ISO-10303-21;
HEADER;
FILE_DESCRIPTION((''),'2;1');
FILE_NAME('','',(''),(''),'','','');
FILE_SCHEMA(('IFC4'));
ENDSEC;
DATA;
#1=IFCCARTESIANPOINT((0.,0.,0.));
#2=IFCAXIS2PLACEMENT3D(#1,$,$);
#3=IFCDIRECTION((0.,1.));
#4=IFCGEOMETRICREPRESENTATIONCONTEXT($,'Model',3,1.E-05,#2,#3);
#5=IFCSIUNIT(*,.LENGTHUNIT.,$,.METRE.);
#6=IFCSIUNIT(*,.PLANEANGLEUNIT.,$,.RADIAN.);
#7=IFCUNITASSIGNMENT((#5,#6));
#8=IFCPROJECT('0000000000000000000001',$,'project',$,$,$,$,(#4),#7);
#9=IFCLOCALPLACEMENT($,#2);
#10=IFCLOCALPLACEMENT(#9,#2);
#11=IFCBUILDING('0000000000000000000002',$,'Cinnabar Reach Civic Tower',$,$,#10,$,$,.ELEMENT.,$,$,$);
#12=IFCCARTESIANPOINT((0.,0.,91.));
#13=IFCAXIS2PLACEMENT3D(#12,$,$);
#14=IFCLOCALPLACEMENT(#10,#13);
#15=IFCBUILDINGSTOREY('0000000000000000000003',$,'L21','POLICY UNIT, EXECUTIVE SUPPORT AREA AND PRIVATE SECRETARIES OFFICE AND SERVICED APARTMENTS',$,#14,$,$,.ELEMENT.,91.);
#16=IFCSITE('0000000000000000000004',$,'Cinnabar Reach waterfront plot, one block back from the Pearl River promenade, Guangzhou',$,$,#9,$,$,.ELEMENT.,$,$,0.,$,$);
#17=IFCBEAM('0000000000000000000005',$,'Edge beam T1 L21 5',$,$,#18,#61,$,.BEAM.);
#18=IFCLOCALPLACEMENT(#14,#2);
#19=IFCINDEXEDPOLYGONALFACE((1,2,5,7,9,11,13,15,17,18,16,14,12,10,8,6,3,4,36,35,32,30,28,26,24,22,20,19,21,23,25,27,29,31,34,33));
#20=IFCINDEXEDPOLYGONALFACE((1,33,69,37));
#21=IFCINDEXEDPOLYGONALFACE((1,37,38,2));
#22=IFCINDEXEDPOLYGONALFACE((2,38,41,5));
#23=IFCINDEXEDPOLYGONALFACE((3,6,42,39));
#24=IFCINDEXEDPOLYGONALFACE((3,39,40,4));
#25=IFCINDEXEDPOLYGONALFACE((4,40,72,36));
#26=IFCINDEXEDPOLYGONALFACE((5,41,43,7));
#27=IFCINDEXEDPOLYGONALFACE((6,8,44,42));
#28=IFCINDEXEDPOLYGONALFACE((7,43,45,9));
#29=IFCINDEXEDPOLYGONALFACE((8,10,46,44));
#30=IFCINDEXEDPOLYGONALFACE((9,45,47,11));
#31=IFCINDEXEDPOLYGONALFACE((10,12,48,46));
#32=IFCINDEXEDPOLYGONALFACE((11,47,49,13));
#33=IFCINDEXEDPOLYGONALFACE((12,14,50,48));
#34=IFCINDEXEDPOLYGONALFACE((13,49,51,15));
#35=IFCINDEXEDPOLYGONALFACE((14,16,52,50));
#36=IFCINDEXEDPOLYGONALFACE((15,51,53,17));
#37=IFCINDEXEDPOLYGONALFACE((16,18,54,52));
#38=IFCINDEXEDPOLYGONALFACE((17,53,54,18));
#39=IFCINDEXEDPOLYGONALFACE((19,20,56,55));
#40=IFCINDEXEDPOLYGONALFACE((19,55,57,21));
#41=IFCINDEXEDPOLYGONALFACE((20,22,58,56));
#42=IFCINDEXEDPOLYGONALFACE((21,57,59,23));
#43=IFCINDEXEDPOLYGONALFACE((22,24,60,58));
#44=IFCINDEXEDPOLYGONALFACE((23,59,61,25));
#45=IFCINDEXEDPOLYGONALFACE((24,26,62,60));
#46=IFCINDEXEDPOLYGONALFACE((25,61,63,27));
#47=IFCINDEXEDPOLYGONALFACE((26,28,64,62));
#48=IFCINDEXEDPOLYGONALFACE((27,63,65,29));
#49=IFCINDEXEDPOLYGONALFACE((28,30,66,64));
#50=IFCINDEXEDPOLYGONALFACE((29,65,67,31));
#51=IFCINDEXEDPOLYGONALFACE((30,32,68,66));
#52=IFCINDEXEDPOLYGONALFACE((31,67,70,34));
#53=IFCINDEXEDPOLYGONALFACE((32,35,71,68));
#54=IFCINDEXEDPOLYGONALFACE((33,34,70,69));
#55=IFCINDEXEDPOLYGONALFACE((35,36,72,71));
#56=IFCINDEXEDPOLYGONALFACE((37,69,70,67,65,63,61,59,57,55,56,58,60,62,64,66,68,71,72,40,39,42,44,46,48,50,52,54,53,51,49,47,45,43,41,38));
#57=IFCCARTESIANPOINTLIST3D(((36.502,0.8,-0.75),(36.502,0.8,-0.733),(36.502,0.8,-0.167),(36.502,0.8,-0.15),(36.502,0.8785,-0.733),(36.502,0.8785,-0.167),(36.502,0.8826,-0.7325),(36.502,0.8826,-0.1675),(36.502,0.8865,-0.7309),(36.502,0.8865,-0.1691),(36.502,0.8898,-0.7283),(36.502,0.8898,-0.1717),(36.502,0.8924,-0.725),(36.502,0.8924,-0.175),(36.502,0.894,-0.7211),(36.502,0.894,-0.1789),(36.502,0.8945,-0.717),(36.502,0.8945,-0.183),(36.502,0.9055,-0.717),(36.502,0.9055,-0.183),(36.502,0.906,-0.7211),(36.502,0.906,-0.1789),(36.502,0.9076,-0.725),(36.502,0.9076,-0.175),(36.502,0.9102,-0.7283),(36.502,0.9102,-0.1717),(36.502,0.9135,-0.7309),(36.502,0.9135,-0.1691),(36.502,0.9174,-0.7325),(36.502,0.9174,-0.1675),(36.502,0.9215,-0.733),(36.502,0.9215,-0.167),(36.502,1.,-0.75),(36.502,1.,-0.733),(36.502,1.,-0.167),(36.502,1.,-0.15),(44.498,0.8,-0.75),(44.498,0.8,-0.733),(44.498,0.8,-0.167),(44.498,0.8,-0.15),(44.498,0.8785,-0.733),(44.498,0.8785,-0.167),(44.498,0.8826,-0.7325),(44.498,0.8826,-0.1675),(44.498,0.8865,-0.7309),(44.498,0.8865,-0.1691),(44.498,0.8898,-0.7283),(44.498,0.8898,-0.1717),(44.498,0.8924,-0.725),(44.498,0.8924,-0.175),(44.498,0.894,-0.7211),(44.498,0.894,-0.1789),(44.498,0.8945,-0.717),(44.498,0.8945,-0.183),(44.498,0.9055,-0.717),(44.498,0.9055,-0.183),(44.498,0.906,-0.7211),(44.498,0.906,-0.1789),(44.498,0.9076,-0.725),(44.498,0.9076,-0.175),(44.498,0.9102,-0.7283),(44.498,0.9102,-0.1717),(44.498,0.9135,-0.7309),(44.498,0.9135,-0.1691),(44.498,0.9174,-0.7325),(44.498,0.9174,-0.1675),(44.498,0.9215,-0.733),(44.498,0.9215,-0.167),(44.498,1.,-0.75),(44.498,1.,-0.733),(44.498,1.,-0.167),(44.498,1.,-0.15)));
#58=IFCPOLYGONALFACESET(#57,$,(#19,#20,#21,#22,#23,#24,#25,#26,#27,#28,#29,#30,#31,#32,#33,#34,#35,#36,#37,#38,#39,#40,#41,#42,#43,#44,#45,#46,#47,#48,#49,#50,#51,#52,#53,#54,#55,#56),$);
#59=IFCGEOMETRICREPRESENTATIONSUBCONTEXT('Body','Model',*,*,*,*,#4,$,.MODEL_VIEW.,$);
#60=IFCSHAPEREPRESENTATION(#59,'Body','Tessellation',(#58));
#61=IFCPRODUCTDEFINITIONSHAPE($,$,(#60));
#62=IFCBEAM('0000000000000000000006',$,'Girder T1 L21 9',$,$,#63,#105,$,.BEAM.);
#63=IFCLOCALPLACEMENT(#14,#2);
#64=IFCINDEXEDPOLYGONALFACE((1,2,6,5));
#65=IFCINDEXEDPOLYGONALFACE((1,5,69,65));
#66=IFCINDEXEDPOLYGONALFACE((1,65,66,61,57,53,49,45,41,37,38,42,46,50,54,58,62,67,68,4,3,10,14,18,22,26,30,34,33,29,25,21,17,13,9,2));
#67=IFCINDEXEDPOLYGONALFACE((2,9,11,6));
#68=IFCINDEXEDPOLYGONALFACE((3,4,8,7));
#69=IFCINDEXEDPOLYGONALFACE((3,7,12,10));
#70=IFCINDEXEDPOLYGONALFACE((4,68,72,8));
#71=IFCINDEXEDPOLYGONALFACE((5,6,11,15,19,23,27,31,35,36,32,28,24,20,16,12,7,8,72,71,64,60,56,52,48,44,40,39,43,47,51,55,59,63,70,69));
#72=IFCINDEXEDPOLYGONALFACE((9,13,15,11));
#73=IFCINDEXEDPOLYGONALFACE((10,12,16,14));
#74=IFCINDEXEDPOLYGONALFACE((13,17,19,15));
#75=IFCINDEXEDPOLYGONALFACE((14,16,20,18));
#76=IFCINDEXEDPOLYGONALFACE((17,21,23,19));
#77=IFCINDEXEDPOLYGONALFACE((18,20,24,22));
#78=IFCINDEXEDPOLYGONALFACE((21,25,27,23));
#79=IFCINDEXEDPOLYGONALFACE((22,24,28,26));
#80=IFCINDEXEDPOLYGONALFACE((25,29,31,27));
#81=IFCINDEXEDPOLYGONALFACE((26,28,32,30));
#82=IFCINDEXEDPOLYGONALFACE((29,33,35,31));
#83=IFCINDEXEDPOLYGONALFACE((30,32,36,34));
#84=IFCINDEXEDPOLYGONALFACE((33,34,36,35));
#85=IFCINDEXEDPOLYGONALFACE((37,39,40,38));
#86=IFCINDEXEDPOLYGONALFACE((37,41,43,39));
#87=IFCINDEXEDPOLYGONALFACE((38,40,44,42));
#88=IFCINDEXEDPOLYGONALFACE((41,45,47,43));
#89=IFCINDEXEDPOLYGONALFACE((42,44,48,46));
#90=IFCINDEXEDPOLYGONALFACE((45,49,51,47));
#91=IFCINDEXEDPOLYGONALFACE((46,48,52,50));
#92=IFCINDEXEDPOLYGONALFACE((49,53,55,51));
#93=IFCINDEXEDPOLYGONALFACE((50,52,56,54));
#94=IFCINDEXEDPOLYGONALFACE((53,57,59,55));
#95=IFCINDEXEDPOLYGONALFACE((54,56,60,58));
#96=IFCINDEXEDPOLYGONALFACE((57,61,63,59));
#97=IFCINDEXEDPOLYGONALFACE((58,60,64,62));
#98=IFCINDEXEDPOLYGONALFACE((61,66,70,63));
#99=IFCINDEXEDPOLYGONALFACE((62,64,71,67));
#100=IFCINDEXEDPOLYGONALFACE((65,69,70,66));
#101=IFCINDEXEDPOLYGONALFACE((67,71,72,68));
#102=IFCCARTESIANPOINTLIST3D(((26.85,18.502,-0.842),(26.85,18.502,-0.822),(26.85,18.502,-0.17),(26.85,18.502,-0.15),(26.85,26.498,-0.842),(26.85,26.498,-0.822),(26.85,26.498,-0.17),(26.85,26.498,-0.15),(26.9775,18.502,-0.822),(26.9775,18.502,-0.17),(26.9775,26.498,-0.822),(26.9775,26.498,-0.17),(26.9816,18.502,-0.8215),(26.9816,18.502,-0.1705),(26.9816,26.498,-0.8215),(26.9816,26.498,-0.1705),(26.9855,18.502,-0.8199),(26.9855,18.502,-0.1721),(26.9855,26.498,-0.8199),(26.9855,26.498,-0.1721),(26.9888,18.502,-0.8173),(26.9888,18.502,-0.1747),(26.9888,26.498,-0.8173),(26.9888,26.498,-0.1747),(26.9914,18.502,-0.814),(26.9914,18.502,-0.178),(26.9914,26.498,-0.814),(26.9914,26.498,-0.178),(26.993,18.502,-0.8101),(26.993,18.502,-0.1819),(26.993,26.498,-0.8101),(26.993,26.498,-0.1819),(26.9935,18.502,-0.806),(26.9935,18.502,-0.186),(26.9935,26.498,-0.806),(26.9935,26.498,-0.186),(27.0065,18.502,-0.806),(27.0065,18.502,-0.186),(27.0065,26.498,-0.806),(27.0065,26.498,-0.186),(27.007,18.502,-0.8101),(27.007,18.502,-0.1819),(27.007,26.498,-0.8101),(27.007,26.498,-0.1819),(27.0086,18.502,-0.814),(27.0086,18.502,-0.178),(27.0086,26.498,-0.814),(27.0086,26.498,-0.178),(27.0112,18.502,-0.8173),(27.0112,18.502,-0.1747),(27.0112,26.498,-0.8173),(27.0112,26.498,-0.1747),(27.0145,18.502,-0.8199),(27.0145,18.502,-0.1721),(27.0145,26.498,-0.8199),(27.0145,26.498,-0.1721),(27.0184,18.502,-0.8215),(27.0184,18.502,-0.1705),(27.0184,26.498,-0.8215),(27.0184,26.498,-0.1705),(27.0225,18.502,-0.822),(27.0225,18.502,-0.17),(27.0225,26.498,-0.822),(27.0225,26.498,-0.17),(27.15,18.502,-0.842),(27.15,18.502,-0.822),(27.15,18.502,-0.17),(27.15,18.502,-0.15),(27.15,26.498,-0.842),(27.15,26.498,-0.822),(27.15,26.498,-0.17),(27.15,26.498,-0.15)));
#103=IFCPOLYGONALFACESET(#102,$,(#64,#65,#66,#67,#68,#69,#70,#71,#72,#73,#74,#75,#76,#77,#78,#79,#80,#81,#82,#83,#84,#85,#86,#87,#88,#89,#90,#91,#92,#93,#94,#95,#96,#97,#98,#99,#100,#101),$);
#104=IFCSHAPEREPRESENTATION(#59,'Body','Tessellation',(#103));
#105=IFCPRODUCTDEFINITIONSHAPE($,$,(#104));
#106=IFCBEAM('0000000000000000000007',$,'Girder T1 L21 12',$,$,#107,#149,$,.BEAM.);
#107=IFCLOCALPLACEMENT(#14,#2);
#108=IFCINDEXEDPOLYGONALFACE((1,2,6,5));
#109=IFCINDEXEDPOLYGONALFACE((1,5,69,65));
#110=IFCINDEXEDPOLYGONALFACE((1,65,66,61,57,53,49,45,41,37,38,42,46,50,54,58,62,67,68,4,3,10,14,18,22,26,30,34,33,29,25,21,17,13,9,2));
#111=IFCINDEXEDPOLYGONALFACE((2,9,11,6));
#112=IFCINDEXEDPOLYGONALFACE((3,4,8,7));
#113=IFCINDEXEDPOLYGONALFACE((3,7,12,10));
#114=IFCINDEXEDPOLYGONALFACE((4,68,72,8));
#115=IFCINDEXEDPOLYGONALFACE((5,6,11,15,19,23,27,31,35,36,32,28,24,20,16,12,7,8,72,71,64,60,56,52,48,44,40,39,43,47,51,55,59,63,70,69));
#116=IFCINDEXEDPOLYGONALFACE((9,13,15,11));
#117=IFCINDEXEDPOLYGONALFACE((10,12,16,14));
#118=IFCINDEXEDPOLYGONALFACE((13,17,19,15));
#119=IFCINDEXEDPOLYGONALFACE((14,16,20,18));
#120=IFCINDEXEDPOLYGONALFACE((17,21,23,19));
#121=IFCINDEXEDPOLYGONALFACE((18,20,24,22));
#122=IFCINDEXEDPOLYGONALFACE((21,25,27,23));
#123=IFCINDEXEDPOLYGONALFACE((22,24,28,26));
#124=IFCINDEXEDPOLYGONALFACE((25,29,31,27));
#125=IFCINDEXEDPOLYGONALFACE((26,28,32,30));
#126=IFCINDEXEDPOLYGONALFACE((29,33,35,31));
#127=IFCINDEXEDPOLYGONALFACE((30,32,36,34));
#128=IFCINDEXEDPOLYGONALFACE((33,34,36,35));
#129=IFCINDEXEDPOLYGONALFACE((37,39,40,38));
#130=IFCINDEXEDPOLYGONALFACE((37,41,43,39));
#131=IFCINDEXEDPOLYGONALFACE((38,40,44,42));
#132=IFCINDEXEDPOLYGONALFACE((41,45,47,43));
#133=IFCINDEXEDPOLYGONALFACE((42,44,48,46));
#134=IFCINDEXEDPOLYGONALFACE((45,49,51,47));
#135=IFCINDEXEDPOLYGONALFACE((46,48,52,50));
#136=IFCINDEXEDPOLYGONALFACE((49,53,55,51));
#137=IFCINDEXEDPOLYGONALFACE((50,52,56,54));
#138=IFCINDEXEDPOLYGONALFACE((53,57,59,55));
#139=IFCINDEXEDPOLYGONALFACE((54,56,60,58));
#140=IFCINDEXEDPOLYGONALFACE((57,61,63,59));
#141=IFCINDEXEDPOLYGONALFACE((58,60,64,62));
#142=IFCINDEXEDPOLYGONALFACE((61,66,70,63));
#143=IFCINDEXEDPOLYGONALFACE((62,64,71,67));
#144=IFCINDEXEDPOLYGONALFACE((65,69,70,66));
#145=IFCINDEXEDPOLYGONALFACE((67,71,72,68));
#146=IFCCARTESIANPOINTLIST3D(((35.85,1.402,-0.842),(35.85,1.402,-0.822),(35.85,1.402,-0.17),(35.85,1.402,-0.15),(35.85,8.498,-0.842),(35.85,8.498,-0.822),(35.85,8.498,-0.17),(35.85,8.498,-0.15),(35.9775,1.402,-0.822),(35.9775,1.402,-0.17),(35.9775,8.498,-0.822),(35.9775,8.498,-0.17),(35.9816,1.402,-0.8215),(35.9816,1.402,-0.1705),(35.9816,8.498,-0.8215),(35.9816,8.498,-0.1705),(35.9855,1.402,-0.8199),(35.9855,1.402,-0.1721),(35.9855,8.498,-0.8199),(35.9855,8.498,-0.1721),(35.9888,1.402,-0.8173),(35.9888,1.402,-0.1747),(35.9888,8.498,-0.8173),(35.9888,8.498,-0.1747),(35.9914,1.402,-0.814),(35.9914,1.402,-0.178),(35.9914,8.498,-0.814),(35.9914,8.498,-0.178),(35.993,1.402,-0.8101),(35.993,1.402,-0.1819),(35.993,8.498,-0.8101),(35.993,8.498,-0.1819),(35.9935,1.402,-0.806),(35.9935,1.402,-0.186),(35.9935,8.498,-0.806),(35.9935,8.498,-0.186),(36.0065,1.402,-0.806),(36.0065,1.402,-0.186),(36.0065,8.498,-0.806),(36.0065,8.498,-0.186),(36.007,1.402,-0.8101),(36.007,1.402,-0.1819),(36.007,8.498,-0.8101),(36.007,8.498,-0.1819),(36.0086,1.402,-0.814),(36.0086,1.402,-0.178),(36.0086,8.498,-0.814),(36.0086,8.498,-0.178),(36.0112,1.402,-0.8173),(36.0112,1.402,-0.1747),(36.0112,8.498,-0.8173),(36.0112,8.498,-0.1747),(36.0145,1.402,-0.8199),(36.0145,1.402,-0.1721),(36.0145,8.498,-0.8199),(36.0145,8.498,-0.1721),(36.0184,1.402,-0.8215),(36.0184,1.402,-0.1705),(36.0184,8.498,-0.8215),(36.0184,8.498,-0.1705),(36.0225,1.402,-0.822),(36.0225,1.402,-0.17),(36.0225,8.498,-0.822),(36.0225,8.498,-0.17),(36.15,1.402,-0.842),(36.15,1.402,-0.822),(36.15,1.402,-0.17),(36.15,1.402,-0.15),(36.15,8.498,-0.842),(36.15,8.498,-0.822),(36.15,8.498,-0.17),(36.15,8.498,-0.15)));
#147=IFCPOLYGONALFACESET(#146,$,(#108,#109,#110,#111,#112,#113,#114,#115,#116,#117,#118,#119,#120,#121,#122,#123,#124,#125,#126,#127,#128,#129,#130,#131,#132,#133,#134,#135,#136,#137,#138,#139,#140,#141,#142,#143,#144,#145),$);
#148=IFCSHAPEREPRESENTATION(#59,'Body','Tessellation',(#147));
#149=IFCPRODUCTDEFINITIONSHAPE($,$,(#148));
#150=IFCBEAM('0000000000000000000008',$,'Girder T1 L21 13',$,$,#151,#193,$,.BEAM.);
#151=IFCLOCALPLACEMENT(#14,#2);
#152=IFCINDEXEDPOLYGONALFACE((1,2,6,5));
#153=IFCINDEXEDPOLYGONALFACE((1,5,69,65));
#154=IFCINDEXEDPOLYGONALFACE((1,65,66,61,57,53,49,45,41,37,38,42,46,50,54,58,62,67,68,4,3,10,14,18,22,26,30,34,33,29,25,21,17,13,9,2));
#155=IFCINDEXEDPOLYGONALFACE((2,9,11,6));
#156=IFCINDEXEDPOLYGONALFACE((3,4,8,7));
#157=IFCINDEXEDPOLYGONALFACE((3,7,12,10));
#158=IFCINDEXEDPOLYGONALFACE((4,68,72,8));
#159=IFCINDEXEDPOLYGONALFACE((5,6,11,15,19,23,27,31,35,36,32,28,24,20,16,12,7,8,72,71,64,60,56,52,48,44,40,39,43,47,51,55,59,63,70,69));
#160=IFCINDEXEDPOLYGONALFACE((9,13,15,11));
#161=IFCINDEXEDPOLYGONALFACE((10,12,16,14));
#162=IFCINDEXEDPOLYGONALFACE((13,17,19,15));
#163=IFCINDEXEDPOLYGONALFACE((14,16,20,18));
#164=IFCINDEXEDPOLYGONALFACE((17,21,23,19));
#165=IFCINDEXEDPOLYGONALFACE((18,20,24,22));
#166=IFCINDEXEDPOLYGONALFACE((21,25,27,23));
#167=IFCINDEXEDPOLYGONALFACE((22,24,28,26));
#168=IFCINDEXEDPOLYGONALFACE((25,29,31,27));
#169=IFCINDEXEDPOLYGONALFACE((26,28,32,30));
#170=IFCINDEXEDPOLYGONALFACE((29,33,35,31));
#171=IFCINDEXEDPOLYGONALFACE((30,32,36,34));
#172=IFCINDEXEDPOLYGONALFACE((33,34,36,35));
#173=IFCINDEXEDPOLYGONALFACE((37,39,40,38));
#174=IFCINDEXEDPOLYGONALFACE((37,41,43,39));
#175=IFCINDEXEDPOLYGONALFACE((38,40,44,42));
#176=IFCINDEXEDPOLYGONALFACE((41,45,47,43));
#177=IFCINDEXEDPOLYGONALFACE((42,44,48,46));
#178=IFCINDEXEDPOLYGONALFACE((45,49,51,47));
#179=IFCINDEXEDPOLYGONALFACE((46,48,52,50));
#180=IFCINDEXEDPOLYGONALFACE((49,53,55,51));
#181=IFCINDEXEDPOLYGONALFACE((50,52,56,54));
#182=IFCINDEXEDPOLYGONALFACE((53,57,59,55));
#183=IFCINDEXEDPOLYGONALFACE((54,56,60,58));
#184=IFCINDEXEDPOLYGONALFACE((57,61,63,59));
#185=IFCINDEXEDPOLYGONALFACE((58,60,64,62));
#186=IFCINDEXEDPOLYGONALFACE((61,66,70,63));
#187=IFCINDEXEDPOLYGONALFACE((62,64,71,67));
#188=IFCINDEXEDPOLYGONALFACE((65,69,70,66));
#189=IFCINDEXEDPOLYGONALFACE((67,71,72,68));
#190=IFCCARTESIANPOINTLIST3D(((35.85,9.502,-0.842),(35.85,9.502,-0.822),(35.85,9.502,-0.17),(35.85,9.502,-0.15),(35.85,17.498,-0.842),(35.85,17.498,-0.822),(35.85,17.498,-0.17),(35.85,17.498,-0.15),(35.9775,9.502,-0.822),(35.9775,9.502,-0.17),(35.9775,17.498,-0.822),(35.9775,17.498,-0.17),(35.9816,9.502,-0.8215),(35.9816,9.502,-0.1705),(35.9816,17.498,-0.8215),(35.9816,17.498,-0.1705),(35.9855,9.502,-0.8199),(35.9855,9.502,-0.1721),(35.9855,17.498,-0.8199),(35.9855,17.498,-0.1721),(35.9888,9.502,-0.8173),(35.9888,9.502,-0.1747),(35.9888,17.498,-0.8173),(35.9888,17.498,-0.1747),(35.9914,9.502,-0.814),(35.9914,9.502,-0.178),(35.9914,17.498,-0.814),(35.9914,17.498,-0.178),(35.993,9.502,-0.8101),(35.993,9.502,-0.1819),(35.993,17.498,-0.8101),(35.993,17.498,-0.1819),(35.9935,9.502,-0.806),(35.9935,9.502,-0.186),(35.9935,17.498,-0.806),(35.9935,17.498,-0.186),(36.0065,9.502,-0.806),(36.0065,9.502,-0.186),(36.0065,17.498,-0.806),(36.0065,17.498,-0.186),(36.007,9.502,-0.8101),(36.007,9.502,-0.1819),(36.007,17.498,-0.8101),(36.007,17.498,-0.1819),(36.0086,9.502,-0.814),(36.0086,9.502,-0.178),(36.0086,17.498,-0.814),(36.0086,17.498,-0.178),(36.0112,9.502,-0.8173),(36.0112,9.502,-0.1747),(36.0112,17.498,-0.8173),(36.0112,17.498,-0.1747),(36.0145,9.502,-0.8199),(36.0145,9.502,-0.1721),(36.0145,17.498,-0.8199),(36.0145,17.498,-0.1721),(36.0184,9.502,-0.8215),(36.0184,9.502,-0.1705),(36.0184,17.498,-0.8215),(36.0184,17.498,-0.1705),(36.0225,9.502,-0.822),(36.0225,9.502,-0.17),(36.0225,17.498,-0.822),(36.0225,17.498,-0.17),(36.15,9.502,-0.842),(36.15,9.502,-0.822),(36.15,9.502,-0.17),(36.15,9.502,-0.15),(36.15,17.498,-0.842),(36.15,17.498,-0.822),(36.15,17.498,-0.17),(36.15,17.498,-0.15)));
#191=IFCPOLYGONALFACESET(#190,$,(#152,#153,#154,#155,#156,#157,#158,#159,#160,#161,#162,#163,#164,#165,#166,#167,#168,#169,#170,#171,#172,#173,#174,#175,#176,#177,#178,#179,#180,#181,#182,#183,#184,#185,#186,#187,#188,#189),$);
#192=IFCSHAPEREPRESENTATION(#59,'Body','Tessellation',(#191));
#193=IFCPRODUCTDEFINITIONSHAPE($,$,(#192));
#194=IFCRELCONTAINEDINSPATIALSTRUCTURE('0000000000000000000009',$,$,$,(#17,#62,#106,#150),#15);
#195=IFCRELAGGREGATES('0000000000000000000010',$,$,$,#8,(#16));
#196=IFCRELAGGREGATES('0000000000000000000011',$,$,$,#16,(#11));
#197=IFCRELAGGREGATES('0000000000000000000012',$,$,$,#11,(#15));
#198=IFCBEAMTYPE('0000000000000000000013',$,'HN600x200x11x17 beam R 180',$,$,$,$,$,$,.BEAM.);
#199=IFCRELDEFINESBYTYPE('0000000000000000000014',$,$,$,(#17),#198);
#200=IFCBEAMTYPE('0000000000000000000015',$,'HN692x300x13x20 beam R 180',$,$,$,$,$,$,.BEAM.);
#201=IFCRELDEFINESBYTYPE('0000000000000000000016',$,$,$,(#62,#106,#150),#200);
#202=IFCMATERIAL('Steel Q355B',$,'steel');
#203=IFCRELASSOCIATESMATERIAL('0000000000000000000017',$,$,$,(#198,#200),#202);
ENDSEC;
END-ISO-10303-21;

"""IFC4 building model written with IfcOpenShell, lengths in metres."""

from ifc_helpers import new_model, si_unit, direction, frame, origin, origin_2d, place, context, subcontext, project, spatial, i_section, extrude, material, material_profile, profile_set, type_object, element, save


model = new_model("IFC4")

# Units and contexts
model_context = context("Model", 3, precision=1e-05, world=origin(), true_north=direction((0.0, 1.0)))
body_context = subcontext(model_context, "Body", "Model", "MODEL_VIEW")
ifc_project = project(units=[si_unit("LENGTHUNIT", "METRE"), si_unit("PLANEANGLEUNIT", "RADIAN")], contexts=[model_context])

# Site, building, storey
site_placement = place(None, origin())
site = spatial("IfcSite", under=ifc_project, at=site_placement, Name="Cinnabar Reach waterfront plot, one block back from the Pearl River promenade, Guangzhou", CompositionType="ELEMENT", RefElevation=0.0)
building_placement = place(site_placement, origin())
building = spatial("IfcBuilding", under=site, at=building_placement, Name="Cinnabar Reach Civic Tower", CompositionType="ELEMENT")
storey_placement = place(building_placement, frame((0.0, 0.0, 91.0)))
storey = spatial("IfcBuildingStorey", under=building, at=storey_placement, Name="L21", Description="POLICY UNIT, EXECUTIVE SUPPORT AREA AND PRIVATE SECRETARIES OFFICE AND SERVICED APARTMENTS", CompositionType="ELEMENT", Elevation=91.0)

# Beams
ifc_material_1 = material(Name="Steel Q355B", Category="steel")
ifc_material_profile_1 = material_profile(ifc_material_1, i_section(OverallWidth=0.2, OverallDepth=0.6, WebThickness=0.011, FlangeThickness=0.017, FilletRadius=0.016, at=origin_2d()), Name="HN600x200x11x17")
ifc_profile_set_1 = profile_set([ifc_material_profile_1], Name="Steel Q355B")
beam_type_1 = type_object("IfcBeamType", Name="HN600x200x11x17 beam R 180", PredefinedType="BEAM", material=ifc_profile_set_1)
for number, where, z_axis, x_axis, name in (
    (1, (36.502, 0.9, -0.45), (1.0, 0.0, 0.0), (0.0, 1.0, 0.0), "Edge beam T1 L21 5"),
):
    element("IfcBeam", number, at=place(storey_placement, frame(where, z_axis=z_axis, x_axis=x_axis)), inside=storey, type_object=beam_type_1, Name=name, PredefinedType="BEAM", context=body_context, shape_type="SweptSolid", body=[
        extrude(i_section(OverallWidth=0.2, OverallDepth=0.6, WebThickness=0.011, FlangeThickness=0.017, FilletRadius=0.016, at=origin_2d()), origin(), (0.0, 0.0, 1.0), 7.996),
    ])
ifc_material_profile_2 = material_profile(ifc_material_1, i_section(OverallWidth=0.3, OverallDepth=0.692, WebThickness=0.013, FlangeThickness=0.02, FilletRadius=0.016, at=origin_2d()), Name="HN692x300x13x20")
ifc_profile_set_2 = profile_set([ifc_material_profile_2], Name="Steel Q355B")
beam_type_2 = type_object("IfcBeamType", Name="HN692x300x13x20 beam R 180", PredefinedType="BEAM", material=ifc_profile_set_2)
beam_1_placement = place(storey_placement, frame((27.0, 18.502, -0.496), z_axis=(0.0, 1.0, 0.0), x_axis=(-1.0, 0.0, 0.0)))
element("IfcBeam", 2, at=beam_1_placement, inside=storey, type_object=beam_type_2, Name="Girder T1 L21 9", PredefinedType="BEAM", context=body_context, shape_type="SweptSolid", body=[
    extrude(i_section(OverallWidth=0.3, OverallDepth=0.692, WebThickness=0.013, FlangeThickness=0.02, FilletRadius=0.016, at=origin_2d()), origin(), (0.0, 0.0, 1.0), 7.996),
])
beam_2_placement = place(storey_placement, frame((36.0, 1.402, -0.496), z_axis=(0.0, 1.0, 0.0), x_axis=(-1.0, 0.0, 0.0)))
element("IfcBeam", 3, at=beam_2_placement, inside=storey, type_object=beam_type_2, Name="Girder T1 L21 12", PredefinedType="BEAM", context=body_context, shape_type="SweptSolid", body=[
    extrude(i_section(OverallWidth=0.3, OverallDepth=0.692, WebThickness=0.013, FlangeThickness=0.02, FilletRadius=0.016, at=origin_2d()), origin(), (0.0, 0.0, 1.0), 7.096),
])
for number, where, z_axis, x_axis, name in (
    (4, (36.0, 9.502, -0.496), (0.0, 1.0, 0.0), (-1.0, 0.0, 0.0), "Girder T1 L21 13"),
):
    element("IfcBeam", number, at=place(storey_placement, frame(where, z_axis=z_axis, x_axis=x_axis)), inside=storey, type_object=beam_type_2, Name=name, PredefinedType="BEAM", context=body_context, shape_type="SweptSolid", body=[
        extrude(i_section(OverallWidth=0.3, OverallDepth=0.692, WebThickness=0.013, FlangeThickness=0.02, FilletRadius=0.016, at=origin_2d()), origin(), (0.0, 0.0, 1.0), 7.996),
    ])

save(model, "model.ifc")
